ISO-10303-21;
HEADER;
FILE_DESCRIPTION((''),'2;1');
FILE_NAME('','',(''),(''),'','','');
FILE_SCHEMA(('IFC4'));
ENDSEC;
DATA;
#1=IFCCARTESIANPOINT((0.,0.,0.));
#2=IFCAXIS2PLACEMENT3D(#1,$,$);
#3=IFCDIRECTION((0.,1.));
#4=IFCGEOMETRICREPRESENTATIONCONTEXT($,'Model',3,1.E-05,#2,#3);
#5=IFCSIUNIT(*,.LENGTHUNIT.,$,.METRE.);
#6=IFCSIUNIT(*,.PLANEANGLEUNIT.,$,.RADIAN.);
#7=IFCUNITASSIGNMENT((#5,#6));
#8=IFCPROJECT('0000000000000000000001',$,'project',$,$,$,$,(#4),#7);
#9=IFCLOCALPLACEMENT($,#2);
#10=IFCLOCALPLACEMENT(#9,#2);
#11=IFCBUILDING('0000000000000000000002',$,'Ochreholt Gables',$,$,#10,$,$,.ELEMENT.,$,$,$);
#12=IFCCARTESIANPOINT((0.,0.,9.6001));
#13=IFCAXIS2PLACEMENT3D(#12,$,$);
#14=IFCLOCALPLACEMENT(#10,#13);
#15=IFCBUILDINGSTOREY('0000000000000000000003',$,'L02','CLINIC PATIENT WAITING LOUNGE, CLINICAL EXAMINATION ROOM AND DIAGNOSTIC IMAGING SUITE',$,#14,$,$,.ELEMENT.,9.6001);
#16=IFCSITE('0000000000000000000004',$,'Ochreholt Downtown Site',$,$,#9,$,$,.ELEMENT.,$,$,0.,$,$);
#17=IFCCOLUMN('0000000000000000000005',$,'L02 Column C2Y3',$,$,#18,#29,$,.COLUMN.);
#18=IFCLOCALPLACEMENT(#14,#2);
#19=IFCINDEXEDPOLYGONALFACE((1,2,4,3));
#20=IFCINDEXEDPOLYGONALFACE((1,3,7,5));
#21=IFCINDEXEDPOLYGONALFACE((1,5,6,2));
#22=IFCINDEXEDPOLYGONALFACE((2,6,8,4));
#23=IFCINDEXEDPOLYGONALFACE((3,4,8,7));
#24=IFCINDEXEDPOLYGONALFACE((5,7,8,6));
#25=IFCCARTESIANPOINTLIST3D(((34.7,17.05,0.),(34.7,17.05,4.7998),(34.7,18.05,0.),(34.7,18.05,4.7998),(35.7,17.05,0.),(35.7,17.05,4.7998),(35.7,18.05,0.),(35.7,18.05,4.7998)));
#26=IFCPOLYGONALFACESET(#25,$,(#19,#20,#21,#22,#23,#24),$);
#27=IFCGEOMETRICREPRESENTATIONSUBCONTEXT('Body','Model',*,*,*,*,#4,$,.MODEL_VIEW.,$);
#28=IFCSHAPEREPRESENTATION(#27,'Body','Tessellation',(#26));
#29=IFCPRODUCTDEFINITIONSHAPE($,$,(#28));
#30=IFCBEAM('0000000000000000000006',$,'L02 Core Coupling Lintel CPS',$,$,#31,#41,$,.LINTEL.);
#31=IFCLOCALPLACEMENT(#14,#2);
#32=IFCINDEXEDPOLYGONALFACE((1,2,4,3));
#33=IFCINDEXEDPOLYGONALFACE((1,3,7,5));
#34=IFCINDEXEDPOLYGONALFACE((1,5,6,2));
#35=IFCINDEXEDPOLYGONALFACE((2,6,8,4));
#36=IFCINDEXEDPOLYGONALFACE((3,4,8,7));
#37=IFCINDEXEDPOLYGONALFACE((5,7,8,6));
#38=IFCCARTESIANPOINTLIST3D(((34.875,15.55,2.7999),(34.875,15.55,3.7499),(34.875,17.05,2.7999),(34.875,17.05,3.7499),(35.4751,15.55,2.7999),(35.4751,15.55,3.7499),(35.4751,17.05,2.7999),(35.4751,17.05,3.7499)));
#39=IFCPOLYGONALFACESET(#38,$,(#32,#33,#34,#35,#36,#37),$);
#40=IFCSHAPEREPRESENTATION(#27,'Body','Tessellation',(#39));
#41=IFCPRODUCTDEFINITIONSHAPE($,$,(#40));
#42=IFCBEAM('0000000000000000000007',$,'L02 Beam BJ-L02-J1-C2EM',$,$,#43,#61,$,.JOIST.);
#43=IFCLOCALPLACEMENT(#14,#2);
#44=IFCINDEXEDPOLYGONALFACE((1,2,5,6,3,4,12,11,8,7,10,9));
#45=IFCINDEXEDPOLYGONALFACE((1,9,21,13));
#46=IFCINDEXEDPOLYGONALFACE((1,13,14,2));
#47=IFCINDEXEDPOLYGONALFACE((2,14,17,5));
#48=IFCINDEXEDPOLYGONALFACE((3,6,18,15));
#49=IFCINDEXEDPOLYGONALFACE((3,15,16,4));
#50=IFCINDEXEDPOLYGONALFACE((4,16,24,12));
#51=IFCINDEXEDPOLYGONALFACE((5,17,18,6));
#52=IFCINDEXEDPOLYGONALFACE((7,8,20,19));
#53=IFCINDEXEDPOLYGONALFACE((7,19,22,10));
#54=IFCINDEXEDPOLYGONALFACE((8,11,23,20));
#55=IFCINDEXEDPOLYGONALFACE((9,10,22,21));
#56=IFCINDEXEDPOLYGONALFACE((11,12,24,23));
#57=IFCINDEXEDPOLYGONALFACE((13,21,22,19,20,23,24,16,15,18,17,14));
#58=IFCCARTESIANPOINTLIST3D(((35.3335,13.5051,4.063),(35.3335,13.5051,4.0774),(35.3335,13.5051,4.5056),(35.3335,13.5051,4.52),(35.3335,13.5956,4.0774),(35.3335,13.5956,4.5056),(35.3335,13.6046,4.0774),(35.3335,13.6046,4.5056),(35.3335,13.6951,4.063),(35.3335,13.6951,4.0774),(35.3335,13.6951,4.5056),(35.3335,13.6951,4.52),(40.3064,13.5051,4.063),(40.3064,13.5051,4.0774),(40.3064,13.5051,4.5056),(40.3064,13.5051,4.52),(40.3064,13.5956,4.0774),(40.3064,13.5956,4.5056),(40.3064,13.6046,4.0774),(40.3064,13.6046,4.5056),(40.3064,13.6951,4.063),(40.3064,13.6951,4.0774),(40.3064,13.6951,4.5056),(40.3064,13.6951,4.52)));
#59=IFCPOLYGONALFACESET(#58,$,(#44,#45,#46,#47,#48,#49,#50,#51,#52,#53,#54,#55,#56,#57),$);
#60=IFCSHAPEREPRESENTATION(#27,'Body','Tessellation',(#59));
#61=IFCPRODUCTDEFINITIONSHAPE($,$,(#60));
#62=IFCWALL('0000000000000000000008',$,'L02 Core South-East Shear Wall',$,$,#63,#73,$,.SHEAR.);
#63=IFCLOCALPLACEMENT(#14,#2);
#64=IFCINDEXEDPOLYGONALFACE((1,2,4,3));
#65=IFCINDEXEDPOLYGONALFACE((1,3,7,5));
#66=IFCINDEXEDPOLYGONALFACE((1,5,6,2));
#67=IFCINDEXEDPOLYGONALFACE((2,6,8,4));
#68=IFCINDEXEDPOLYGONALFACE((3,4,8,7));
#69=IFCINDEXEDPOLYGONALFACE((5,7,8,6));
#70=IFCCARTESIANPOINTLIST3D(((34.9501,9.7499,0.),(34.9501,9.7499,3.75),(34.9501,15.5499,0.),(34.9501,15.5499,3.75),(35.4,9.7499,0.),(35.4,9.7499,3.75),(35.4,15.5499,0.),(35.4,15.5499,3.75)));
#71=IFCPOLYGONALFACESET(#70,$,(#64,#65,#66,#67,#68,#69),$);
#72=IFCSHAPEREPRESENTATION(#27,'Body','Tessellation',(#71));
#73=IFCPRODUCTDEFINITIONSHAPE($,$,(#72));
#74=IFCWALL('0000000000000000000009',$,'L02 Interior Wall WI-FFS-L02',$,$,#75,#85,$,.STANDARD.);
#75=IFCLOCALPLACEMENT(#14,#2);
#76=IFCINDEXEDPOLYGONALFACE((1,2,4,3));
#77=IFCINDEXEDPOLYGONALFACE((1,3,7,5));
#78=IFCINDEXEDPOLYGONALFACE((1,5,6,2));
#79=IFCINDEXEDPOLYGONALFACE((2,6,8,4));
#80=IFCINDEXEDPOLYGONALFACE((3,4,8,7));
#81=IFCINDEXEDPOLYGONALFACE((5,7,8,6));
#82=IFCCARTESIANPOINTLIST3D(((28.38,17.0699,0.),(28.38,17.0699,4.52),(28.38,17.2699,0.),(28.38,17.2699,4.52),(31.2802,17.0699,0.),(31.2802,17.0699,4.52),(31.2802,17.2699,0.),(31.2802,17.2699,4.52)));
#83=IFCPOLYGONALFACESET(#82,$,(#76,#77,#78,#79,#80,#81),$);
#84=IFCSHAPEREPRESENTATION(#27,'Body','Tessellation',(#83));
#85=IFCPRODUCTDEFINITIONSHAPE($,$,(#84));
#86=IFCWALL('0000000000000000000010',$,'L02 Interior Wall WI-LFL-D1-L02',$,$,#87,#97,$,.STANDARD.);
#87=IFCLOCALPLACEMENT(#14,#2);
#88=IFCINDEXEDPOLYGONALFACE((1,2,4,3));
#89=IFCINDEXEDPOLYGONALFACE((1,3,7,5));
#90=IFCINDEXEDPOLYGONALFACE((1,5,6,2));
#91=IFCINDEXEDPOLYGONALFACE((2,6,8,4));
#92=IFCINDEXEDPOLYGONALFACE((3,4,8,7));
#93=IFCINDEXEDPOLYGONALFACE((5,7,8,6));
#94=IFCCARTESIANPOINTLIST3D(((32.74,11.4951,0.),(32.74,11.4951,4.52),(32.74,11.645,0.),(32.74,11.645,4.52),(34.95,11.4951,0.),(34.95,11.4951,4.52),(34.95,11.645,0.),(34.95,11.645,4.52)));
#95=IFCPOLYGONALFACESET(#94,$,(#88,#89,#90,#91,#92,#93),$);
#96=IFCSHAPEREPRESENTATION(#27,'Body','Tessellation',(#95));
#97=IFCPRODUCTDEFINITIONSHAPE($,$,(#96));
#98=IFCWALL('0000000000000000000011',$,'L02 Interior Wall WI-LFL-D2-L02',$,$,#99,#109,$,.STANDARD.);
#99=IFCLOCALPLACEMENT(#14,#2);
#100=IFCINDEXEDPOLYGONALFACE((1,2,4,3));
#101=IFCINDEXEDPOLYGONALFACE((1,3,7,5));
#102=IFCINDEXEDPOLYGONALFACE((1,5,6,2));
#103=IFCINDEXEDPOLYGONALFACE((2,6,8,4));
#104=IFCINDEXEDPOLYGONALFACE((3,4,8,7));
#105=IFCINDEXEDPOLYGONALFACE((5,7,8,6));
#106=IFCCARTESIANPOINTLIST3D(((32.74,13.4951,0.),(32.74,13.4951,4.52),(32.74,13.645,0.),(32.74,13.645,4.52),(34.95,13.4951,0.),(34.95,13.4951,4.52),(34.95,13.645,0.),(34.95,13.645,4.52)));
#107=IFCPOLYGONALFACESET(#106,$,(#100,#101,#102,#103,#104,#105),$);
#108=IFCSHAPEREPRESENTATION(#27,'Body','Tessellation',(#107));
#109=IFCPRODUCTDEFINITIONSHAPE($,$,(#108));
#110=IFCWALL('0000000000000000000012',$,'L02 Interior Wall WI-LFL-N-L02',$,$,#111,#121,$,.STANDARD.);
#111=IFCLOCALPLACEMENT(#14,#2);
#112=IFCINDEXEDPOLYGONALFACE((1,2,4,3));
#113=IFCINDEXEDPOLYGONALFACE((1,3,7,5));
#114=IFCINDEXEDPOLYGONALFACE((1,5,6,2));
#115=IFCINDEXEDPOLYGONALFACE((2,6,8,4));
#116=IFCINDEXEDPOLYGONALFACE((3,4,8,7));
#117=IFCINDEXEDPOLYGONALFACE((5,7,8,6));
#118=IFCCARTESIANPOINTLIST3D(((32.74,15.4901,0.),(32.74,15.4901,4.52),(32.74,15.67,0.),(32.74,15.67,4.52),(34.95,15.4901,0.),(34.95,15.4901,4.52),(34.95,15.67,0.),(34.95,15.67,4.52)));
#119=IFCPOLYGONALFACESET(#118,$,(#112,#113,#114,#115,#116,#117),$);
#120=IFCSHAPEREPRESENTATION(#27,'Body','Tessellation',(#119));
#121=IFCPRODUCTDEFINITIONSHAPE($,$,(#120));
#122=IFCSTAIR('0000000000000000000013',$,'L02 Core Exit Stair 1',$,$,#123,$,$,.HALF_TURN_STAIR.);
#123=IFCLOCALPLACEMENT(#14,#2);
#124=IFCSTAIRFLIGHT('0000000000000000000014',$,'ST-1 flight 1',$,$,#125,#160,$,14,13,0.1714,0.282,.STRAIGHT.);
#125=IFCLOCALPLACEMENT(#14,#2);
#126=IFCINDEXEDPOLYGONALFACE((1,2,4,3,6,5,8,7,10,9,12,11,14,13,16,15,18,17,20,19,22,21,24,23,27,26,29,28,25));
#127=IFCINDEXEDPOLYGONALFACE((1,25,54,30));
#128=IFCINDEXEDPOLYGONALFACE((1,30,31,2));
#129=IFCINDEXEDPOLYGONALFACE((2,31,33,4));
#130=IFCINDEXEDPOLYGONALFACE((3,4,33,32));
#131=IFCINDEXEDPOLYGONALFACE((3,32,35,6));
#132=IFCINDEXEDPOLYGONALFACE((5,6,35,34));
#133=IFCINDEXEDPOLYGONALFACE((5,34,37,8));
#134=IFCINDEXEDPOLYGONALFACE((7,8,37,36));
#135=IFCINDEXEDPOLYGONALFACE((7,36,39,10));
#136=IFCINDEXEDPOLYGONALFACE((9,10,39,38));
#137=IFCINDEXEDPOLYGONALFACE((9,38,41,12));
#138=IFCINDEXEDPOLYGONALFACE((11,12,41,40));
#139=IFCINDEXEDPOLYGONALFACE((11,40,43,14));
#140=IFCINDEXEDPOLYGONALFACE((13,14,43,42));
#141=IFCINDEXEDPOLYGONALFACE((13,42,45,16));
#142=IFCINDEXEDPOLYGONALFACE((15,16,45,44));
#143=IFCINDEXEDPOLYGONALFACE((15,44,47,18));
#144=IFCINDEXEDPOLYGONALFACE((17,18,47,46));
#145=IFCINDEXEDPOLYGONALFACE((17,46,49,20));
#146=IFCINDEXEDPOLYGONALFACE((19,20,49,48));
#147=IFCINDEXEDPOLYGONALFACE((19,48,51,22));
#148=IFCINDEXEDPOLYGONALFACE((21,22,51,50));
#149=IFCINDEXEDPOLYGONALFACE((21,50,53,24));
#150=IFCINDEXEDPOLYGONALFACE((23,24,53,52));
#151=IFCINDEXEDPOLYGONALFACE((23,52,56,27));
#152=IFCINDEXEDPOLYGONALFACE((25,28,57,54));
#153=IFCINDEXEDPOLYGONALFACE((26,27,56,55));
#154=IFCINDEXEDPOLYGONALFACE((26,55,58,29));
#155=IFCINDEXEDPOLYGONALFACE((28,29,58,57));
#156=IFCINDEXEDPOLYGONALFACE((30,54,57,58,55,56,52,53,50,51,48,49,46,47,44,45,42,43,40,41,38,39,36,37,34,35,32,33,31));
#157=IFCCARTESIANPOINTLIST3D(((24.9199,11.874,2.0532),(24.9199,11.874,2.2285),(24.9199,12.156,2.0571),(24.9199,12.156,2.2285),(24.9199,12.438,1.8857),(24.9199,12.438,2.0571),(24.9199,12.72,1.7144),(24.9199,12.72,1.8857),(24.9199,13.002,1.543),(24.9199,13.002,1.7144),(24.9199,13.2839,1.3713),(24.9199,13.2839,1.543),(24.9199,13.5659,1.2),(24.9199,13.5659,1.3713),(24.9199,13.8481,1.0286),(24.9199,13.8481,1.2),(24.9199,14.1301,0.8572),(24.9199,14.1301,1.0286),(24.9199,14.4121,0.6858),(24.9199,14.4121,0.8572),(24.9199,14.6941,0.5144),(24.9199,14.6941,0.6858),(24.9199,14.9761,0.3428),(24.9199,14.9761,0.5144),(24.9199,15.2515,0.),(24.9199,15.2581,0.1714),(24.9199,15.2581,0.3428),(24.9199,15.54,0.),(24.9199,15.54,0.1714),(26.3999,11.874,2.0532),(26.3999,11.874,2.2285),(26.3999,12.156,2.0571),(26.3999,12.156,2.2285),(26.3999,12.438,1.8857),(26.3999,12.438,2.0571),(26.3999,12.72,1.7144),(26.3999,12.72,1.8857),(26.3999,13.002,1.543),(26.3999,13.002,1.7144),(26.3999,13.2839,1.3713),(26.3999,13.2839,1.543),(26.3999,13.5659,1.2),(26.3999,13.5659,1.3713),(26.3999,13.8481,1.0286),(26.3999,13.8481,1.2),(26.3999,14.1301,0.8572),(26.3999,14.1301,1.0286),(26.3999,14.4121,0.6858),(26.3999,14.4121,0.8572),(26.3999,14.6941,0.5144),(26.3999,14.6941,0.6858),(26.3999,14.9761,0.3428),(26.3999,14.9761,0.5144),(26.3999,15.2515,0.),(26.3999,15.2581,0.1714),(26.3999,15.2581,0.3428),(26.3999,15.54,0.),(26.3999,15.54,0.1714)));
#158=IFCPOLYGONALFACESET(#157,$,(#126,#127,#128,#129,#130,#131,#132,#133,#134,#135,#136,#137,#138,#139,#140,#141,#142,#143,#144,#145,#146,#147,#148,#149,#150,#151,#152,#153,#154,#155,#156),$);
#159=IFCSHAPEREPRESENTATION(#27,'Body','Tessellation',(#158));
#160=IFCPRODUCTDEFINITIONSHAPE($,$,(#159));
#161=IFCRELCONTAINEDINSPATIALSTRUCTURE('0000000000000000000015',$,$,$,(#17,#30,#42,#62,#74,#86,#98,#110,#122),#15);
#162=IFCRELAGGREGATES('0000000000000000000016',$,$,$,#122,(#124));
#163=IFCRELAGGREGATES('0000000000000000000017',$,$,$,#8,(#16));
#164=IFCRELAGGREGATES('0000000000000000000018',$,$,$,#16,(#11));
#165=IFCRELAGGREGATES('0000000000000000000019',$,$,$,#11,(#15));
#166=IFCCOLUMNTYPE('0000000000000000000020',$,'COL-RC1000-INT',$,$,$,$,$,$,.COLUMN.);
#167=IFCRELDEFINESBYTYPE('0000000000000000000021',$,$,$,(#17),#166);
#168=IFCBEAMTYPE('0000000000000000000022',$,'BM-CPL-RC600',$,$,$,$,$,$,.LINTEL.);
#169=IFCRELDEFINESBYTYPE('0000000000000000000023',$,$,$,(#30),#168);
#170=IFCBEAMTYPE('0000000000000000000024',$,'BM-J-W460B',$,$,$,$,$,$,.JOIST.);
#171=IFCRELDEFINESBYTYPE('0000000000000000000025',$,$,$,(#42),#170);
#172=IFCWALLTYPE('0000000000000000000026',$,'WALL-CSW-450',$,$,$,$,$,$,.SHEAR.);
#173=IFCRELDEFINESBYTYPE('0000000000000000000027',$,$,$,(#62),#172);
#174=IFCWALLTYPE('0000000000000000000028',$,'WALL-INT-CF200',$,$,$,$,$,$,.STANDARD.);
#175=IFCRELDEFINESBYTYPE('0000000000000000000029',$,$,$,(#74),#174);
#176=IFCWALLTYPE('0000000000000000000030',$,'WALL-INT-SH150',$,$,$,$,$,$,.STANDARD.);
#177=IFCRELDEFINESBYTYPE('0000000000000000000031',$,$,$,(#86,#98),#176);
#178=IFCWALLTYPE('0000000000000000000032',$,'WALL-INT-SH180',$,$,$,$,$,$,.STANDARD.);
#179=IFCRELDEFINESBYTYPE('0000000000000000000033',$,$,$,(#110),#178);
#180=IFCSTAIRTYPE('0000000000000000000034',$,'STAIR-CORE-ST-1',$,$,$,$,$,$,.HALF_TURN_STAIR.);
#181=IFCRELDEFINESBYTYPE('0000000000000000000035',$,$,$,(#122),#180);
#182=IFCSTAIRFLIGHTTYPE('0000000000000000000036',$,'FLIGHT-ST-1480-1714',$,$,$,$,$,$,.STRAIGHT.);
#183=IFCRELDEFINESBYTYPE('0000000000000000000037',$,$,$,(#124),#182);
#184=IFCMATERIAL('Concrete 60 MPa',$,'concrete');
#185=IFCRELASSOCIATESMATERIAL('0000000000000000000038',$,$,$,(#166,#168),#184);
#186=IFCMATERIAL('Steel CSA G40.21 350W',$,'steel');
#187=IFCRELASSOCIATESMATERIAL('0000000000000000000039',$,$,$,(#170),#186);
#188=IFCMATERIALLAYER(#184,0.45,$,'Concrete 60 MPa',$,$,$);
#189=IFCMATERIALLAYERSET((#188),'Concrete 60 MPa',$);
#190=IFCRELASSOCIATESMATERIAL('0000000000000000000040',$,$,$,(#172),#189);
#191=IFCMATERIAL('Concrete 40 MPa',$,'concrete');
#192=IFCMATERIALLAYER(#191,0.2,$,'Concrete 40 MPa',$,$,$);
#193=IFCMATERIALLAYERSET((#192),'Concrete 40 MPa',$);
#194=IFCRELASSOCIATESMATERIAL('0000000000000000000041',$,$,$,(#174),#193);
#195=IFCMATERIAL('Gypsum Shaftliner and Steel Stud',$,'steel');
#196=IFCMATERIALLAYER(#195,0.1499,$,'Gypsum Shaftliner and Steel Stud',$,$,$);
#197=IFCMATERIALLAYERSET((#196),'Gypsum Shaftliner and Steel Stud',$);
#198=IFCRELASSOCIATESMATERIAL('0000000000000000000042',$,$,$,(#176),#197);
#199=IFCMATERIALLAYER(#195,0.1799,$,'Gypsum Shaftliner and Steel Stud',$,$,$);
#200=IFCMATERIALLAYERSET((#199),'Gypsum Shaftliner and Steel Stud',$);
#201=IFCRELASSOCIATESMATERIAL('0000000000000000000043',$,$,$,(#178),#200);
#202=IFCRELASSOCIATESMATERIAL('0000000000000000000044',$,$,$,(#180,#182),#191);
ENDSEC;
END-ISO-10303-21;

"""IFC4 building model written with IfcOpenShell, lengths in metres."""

from ifc_helpers import new_model, si_unit, direction, frame, frame_2d, origin, origin_2d, place, context, subcontext, project, spatial, polyline, rectangle, i_section, outline, extrude, material, layer, layer_set, material_profile, profile_set, type_object, element, aggregate, save


model = new_model("IFC4")

# Units and contexts
model_context = context("Model", 3, precision=1e-05, world=origin(), true_north=direction((0.0, 1.0)))
body_context = subcontext(model_context, "Body", "Model", "MODEL_VIEW")
ifc_project = project(units=[si_unit("LENGTHUNIT", "METRE"), si_unit("PLANEANGLEUNIT", "RADIAN")], contexts=[model_context])

# Site, building, storey
site_placement = place(None, origin())
site = spatial("IfcSite", under=ifc_project, at=site_placement, Name="Ochreholt Downtown Site", CompositionType="ELEMENT", RefElevation=0.0)
building_placement = place(site_placement, origin())
building = spatial("IfcBuilding", under=site, at=building_placement, Name="Ochreholt Gables", CompositionType="ELEMENT")
storey_placement = place(building_placement, frame((0.0, 0.0, 9.6001)))
storey = spatial("IfcBuildingStorey", under=building, at=storey_placement, Name="L02", Description="CLINIC PATIENT WAITING LOUNGE, CLINICAL EXAMINATION ROOM AND DIAGNOSTIC IMAGING SUITE", CompositionType="ELEMENT", Elevation=9.6001)

# Column
ifc_material_1 = material(Name="Concrete 60 MPa", Category="concrete")
ifc_material_profile_1 = material_profile(ifc_material_1, rectangle(XDim=1.0, YDim=1.0, at=origin_2d()), Name="RC1000X1000")
ifc_profile_set_1 = profile_set([ifc_material_profile_1], Name="Concrete 60 MPa")
column_type = type_object("IfcColumnType", Name="COL-RC1000-INT", PredefinedType="COLUMN", material=ifc_profile_set_1)
column_placement = place(storey_placement, frame((35.2, 17.55, 0.0), z_axis=(0.0, 0.0, 1.0), x_axis=(1.0, 0.0, 0.0)))
element("IfcColumn", 1, at=column_placement, inside=storey, type_object=column_type, Name="L02 Column C2Y3", PredefinedType="COLUMN", context=body_context, shape_type="SweptSolid", body=[
    extrude(rectangle(XDim=1.0, YDim=1.0, at=origin_2d()), origin(), (0.0, 0.0, 1.0), 4.7998),
])

# Beams
ifc_material_profile_2 = material_profile(ifc_material_1, rectangle(XDim=0.6001, YDim=0.95, at=origin_2d()), Name="RCB600X950")
ifc_profile_set_2 = profile_set([ifc_material_profile_2], Name="Concrete 60 MPa")
beam_type_1 = type_object("IfcBeamType", Name="BM-CPL-RC600", PredefinedType="LINTEL", material=ifc_profile_set_2)
beam_1_placement = place(storey_placement, frame((35.175, 15.55, 3.2749), z_axis=(0.0, 1.0, 0.0), x_axis=(-1.0, 0.0, 0.0)))
element("IfcBeam", 2, at=beam_1_placement, inside=storey, type_object=beam_type_1, Name="L02 Core Coupling Lintel CPS", PredefinedType="LINTEL", context=body_context, shape_type="SweptSolid", body=[
    extrude(rectangle(XDim=0.6001, YDim=0.95, at=origin_2d()), origin(), (0.0, 0.0, 1.0), 1.5),
])
ifc_material_2 = material(Name="Steel CSA G40.21 350W", Category="steel")
ifc_material_profile_3 = material_profile(ifc_material_2, i_section(OverallWidth=0.1899, OverallDepth=0.457, WebThickness=0.009, FlangeThickness=0.0144, at=origin_2d()), Name="W460X74")
ifc_profile_set_3 = profile_set([ifc_material_profile_3], Name="Steel CSA G40.21 350W")
beam_type_2 = type_object("IfcBeamType", Name="BM-J-W460B", PredefinedType="JOIST", material=ifc_profile_set_3)
beam_2_placement = place(storey_placement, frame((35.3335, 13.6001, 4.2915), z_axis=(1.0, 0.0, 0.0), x_axis=(0.0, 1.0, 0.0)))
element("IfcBeam", 3, at=beam_2_placement, inside=storey, type_object=beam_type_2, Name="L02 Beam BJ-L02-J1-C2EM", PredefinedType="JOIST", context=body_context, shape_type="SweptSolid", body=[
    extrude(i_section(OverallWidth=0.1899, OverallDepth=0.457, WebThickness=0.009, FlangeThickness=0.0144, at=origin_2d()), origin(), (0.0, 0.0, 1.0), 4.9729),
])

# Walls
ifc_layer_1 = layer(ifc_material_1, 0.45, Name="Concrete 60 MPa")
ifc_layer_set_1 = layer_set([ifc_layer_1], Name="Concrete 60 MPa")
wall_type_1 = type_object("IfcWallType", Name="WALL-CSW-450", PredefinedType="SHEAR", material=ifc_layer_set_1)
wall_1_placement = place(storey_placement, frame((35.175, 9.75, 0.0), z_axis=(0.0, 0.0, 1.0), x_axis=(0.0, 1.0, 0.0)))
element("IfcWall", 4, at=wall_1_placement, inside=storey, type_object=wall_type_1, Name="L02 Core South-East Shear Wall", PredefinedType="SHEAR", context=body_context, shape_type="SweptSolid", body=[
    extrude(rectangle(XDim=5.8, YDim=0.45, at=frame_2d((2.8999, 0.0))), origin(), (0.0, 0.0, 1.0), 3.75),
])
ifc_material_3 = material(Name="Concrete 40 MPa", Category="concrete")
ifc_layer_2 = layer(ifc_material_3, 0.2, Name="Concrete 40 MPa")
ifc_layer_set_2 = layer_set([ifc_layer_2], Name="Concrete 40 MPa")
wall_type_2 = type_object("IfcWallType", Name="WALL-INT-CF200", PredefinedType="STANDARD", material=ifc_layer_set_2)
wall_2_placement = place(storey_placement, frame((28.3799, 17.1699, 0.0), z_axis=(0.0, 0.0, 1.0), x_axis=(1.0, 0.0, 0.0)))
element("IfcWall", 5, at=wall_2_placement, inside=storey, type_object=wall_type_2, Name="L02 Interior Wall WI-FFS-L02", PredefinedType="STANDARD", context=body_context, shape_type="SweptSolid", body=[
    extrude(rectangle(XDim=2.9001, YDim=0.2, at=frame_2d((1.4502, 0.0))), origin(), (0.0, 0.0, 1.0), 4.52),
])

# Walls
ifc_material_4 = material(Name="Gypsum Shaftliner and Steel Stud", Category="steel")
ifc_layer_3 = layer(ifc_material_4, 0.1499, Name="Gypsum Shaftliner and Steel Stud")
ifc_layer_set_3 = layer_set([ifc_layer_3], Name="Gypsum Shaftliner and Steel Stud")
wall_type_3 = type_object("IfcWallType", Name="WALL-INT-SH150", PredefinedType="STANDARD", material=ifc_layer_set_3)
for number, where, z_axis, x_axis, name in (
    (6, (32.74, 11.5701, 0.0), (0.0, 0.0, 1.0), (1.0, 0.0, 0.0), "L02 Interior Wall WI-LFL-D1-L02"),
    (7, (32.74, 13.5701, 0.0), (0.0, 0.0, 1.0), (1.0, 0.0, 0.0), "L02 Interior Wall WI-LFL-D2-L02"),
):
    element("IfcWall", number, at=place(storey_placement, frame(where, z_axis=z_axis, x_axis=x_axis)), inside=storey, type_object=wall_type_3, Name=name, PredefinedType="STANDARD", context=body_context, shape_type="SweptSolid", body=[
        extrude(rectangle(XDim=2.21, YDim=0.1499, at=frame_2d((1.105, 0.0))), origin(), (0.0, 0.0, 1.0), 4.52),
    ])
ifc_layer_4 = layer(ifc_material_4, 0.1799, Name="Gypsum Shaftliner and Steel Stud")
ifc_layer_set_4 = layer_set([ifc_layer_4], Name="Gypsum Shaftliner and Steel Stud")
wall_type_4 = type_object("IfcWallType", Name="WALL-INT-SH180", PredefinedType="STANDARD", material=ifc_layer_set_4)
wall_3_placement = place(storey_placement, frame((32.74, 15.5801, 0.0), z_axis=(0.0, 0.0, 1.0), x_axis=(1.0, 0.0, 0.0)))
element("IfcWall", 8, at=wall_3_placement, inside=storey, type_object=wall_type_4, Name="L02 Interior Wall WI-LFL-N-L02", PredefinedType="STANDARD", context=body_context, shape_type="SweptSolid", body=[
    extrude(rectangle(XDim=2.21, YDim=0.1799, at=frame_2d((1.105, 0.0))), origin(), (0.0, 0.0, 1.0), 4.52),
])

# Stair, stair flight
stair_type = type_object("IfcStairType", Name="STAIR-CORE-ST-1", PredefinedType="HALF_TURN_STAIR", material=ifc_material_3)
stair_placement = place(storey_placement, origin())
stair = element("IfcStair", 9, at=stair_placement, inside=storey, type_object=stair_type, Name="L02 Core Exit Stair 1", PredefinedType="HALF_TURN_STAIR")
stair_flight_type = type_object("IfcStairFlightType", Name="FLIGHT-ST-1480-1714", PredefinedType="STRAIGHT", material=ifc_material_3)
stair_flight_1_placement = place(storey_placement, frame((25.6599, 15.54, 0.0), z_axis=(0.0, 0.0, 1.0), x_axis=(0.0, -1.0, 0.0)))
stair_flight_1 = element("IfcStairFlight", 10, at=stair_flight_1_placement, type_object=stair_flight_type, Name="ST-1 flight 1", NumberOfRisers=14, NumberOfTreads=13, PredefinedType="STRAIGHT", RiserHeight=0.1714, TreadLength=0.282, context=body_context, shape_type="SweptSolid", body=[
    extrude(outline(polyline([(0.0, 0.0), (0.0, 0.1714), (0.282, 0.1714), (0.282, 0.3428), (0.564, 0.3428), (0.564, 0.5144), (0.8459, 0.5144), (0.8459, 0.6858), (1.1279, 0.6858), (1.1279, 0.8572), (1.4099, 0.8572), (1.4099, 1.0286), (1.6919, 1.0286), (1.6919, 1.2), (1.9741, 1.2), (1.9741, 1.3713), (2.2561, 1.3713), (2.2561, 1.543), (2.5381, 1.543), (2.5381, 1.7144), (2.8201, 1.7144), (2.8201, 1.8857), (3.1021, 1.8857), (3.1021, 2.0571), (3.384, 2.0571), (3.384, 2.2285), (3.666, 2.2285), (3.666, 2.3999), (3.666, 2.0532), (0.2886, 0.0), (0.0, 0.0)])), frame((0.0, 0.74, 0.0), z_axis=(0.0, -1.0, 0.0), x_axis=(1.0, 0.0, 0.0)), (0.0, 0.0, 1.0), 1.48),
])
aggregate(stair, [stair_flight_1])

save(model, "model.ifc")
